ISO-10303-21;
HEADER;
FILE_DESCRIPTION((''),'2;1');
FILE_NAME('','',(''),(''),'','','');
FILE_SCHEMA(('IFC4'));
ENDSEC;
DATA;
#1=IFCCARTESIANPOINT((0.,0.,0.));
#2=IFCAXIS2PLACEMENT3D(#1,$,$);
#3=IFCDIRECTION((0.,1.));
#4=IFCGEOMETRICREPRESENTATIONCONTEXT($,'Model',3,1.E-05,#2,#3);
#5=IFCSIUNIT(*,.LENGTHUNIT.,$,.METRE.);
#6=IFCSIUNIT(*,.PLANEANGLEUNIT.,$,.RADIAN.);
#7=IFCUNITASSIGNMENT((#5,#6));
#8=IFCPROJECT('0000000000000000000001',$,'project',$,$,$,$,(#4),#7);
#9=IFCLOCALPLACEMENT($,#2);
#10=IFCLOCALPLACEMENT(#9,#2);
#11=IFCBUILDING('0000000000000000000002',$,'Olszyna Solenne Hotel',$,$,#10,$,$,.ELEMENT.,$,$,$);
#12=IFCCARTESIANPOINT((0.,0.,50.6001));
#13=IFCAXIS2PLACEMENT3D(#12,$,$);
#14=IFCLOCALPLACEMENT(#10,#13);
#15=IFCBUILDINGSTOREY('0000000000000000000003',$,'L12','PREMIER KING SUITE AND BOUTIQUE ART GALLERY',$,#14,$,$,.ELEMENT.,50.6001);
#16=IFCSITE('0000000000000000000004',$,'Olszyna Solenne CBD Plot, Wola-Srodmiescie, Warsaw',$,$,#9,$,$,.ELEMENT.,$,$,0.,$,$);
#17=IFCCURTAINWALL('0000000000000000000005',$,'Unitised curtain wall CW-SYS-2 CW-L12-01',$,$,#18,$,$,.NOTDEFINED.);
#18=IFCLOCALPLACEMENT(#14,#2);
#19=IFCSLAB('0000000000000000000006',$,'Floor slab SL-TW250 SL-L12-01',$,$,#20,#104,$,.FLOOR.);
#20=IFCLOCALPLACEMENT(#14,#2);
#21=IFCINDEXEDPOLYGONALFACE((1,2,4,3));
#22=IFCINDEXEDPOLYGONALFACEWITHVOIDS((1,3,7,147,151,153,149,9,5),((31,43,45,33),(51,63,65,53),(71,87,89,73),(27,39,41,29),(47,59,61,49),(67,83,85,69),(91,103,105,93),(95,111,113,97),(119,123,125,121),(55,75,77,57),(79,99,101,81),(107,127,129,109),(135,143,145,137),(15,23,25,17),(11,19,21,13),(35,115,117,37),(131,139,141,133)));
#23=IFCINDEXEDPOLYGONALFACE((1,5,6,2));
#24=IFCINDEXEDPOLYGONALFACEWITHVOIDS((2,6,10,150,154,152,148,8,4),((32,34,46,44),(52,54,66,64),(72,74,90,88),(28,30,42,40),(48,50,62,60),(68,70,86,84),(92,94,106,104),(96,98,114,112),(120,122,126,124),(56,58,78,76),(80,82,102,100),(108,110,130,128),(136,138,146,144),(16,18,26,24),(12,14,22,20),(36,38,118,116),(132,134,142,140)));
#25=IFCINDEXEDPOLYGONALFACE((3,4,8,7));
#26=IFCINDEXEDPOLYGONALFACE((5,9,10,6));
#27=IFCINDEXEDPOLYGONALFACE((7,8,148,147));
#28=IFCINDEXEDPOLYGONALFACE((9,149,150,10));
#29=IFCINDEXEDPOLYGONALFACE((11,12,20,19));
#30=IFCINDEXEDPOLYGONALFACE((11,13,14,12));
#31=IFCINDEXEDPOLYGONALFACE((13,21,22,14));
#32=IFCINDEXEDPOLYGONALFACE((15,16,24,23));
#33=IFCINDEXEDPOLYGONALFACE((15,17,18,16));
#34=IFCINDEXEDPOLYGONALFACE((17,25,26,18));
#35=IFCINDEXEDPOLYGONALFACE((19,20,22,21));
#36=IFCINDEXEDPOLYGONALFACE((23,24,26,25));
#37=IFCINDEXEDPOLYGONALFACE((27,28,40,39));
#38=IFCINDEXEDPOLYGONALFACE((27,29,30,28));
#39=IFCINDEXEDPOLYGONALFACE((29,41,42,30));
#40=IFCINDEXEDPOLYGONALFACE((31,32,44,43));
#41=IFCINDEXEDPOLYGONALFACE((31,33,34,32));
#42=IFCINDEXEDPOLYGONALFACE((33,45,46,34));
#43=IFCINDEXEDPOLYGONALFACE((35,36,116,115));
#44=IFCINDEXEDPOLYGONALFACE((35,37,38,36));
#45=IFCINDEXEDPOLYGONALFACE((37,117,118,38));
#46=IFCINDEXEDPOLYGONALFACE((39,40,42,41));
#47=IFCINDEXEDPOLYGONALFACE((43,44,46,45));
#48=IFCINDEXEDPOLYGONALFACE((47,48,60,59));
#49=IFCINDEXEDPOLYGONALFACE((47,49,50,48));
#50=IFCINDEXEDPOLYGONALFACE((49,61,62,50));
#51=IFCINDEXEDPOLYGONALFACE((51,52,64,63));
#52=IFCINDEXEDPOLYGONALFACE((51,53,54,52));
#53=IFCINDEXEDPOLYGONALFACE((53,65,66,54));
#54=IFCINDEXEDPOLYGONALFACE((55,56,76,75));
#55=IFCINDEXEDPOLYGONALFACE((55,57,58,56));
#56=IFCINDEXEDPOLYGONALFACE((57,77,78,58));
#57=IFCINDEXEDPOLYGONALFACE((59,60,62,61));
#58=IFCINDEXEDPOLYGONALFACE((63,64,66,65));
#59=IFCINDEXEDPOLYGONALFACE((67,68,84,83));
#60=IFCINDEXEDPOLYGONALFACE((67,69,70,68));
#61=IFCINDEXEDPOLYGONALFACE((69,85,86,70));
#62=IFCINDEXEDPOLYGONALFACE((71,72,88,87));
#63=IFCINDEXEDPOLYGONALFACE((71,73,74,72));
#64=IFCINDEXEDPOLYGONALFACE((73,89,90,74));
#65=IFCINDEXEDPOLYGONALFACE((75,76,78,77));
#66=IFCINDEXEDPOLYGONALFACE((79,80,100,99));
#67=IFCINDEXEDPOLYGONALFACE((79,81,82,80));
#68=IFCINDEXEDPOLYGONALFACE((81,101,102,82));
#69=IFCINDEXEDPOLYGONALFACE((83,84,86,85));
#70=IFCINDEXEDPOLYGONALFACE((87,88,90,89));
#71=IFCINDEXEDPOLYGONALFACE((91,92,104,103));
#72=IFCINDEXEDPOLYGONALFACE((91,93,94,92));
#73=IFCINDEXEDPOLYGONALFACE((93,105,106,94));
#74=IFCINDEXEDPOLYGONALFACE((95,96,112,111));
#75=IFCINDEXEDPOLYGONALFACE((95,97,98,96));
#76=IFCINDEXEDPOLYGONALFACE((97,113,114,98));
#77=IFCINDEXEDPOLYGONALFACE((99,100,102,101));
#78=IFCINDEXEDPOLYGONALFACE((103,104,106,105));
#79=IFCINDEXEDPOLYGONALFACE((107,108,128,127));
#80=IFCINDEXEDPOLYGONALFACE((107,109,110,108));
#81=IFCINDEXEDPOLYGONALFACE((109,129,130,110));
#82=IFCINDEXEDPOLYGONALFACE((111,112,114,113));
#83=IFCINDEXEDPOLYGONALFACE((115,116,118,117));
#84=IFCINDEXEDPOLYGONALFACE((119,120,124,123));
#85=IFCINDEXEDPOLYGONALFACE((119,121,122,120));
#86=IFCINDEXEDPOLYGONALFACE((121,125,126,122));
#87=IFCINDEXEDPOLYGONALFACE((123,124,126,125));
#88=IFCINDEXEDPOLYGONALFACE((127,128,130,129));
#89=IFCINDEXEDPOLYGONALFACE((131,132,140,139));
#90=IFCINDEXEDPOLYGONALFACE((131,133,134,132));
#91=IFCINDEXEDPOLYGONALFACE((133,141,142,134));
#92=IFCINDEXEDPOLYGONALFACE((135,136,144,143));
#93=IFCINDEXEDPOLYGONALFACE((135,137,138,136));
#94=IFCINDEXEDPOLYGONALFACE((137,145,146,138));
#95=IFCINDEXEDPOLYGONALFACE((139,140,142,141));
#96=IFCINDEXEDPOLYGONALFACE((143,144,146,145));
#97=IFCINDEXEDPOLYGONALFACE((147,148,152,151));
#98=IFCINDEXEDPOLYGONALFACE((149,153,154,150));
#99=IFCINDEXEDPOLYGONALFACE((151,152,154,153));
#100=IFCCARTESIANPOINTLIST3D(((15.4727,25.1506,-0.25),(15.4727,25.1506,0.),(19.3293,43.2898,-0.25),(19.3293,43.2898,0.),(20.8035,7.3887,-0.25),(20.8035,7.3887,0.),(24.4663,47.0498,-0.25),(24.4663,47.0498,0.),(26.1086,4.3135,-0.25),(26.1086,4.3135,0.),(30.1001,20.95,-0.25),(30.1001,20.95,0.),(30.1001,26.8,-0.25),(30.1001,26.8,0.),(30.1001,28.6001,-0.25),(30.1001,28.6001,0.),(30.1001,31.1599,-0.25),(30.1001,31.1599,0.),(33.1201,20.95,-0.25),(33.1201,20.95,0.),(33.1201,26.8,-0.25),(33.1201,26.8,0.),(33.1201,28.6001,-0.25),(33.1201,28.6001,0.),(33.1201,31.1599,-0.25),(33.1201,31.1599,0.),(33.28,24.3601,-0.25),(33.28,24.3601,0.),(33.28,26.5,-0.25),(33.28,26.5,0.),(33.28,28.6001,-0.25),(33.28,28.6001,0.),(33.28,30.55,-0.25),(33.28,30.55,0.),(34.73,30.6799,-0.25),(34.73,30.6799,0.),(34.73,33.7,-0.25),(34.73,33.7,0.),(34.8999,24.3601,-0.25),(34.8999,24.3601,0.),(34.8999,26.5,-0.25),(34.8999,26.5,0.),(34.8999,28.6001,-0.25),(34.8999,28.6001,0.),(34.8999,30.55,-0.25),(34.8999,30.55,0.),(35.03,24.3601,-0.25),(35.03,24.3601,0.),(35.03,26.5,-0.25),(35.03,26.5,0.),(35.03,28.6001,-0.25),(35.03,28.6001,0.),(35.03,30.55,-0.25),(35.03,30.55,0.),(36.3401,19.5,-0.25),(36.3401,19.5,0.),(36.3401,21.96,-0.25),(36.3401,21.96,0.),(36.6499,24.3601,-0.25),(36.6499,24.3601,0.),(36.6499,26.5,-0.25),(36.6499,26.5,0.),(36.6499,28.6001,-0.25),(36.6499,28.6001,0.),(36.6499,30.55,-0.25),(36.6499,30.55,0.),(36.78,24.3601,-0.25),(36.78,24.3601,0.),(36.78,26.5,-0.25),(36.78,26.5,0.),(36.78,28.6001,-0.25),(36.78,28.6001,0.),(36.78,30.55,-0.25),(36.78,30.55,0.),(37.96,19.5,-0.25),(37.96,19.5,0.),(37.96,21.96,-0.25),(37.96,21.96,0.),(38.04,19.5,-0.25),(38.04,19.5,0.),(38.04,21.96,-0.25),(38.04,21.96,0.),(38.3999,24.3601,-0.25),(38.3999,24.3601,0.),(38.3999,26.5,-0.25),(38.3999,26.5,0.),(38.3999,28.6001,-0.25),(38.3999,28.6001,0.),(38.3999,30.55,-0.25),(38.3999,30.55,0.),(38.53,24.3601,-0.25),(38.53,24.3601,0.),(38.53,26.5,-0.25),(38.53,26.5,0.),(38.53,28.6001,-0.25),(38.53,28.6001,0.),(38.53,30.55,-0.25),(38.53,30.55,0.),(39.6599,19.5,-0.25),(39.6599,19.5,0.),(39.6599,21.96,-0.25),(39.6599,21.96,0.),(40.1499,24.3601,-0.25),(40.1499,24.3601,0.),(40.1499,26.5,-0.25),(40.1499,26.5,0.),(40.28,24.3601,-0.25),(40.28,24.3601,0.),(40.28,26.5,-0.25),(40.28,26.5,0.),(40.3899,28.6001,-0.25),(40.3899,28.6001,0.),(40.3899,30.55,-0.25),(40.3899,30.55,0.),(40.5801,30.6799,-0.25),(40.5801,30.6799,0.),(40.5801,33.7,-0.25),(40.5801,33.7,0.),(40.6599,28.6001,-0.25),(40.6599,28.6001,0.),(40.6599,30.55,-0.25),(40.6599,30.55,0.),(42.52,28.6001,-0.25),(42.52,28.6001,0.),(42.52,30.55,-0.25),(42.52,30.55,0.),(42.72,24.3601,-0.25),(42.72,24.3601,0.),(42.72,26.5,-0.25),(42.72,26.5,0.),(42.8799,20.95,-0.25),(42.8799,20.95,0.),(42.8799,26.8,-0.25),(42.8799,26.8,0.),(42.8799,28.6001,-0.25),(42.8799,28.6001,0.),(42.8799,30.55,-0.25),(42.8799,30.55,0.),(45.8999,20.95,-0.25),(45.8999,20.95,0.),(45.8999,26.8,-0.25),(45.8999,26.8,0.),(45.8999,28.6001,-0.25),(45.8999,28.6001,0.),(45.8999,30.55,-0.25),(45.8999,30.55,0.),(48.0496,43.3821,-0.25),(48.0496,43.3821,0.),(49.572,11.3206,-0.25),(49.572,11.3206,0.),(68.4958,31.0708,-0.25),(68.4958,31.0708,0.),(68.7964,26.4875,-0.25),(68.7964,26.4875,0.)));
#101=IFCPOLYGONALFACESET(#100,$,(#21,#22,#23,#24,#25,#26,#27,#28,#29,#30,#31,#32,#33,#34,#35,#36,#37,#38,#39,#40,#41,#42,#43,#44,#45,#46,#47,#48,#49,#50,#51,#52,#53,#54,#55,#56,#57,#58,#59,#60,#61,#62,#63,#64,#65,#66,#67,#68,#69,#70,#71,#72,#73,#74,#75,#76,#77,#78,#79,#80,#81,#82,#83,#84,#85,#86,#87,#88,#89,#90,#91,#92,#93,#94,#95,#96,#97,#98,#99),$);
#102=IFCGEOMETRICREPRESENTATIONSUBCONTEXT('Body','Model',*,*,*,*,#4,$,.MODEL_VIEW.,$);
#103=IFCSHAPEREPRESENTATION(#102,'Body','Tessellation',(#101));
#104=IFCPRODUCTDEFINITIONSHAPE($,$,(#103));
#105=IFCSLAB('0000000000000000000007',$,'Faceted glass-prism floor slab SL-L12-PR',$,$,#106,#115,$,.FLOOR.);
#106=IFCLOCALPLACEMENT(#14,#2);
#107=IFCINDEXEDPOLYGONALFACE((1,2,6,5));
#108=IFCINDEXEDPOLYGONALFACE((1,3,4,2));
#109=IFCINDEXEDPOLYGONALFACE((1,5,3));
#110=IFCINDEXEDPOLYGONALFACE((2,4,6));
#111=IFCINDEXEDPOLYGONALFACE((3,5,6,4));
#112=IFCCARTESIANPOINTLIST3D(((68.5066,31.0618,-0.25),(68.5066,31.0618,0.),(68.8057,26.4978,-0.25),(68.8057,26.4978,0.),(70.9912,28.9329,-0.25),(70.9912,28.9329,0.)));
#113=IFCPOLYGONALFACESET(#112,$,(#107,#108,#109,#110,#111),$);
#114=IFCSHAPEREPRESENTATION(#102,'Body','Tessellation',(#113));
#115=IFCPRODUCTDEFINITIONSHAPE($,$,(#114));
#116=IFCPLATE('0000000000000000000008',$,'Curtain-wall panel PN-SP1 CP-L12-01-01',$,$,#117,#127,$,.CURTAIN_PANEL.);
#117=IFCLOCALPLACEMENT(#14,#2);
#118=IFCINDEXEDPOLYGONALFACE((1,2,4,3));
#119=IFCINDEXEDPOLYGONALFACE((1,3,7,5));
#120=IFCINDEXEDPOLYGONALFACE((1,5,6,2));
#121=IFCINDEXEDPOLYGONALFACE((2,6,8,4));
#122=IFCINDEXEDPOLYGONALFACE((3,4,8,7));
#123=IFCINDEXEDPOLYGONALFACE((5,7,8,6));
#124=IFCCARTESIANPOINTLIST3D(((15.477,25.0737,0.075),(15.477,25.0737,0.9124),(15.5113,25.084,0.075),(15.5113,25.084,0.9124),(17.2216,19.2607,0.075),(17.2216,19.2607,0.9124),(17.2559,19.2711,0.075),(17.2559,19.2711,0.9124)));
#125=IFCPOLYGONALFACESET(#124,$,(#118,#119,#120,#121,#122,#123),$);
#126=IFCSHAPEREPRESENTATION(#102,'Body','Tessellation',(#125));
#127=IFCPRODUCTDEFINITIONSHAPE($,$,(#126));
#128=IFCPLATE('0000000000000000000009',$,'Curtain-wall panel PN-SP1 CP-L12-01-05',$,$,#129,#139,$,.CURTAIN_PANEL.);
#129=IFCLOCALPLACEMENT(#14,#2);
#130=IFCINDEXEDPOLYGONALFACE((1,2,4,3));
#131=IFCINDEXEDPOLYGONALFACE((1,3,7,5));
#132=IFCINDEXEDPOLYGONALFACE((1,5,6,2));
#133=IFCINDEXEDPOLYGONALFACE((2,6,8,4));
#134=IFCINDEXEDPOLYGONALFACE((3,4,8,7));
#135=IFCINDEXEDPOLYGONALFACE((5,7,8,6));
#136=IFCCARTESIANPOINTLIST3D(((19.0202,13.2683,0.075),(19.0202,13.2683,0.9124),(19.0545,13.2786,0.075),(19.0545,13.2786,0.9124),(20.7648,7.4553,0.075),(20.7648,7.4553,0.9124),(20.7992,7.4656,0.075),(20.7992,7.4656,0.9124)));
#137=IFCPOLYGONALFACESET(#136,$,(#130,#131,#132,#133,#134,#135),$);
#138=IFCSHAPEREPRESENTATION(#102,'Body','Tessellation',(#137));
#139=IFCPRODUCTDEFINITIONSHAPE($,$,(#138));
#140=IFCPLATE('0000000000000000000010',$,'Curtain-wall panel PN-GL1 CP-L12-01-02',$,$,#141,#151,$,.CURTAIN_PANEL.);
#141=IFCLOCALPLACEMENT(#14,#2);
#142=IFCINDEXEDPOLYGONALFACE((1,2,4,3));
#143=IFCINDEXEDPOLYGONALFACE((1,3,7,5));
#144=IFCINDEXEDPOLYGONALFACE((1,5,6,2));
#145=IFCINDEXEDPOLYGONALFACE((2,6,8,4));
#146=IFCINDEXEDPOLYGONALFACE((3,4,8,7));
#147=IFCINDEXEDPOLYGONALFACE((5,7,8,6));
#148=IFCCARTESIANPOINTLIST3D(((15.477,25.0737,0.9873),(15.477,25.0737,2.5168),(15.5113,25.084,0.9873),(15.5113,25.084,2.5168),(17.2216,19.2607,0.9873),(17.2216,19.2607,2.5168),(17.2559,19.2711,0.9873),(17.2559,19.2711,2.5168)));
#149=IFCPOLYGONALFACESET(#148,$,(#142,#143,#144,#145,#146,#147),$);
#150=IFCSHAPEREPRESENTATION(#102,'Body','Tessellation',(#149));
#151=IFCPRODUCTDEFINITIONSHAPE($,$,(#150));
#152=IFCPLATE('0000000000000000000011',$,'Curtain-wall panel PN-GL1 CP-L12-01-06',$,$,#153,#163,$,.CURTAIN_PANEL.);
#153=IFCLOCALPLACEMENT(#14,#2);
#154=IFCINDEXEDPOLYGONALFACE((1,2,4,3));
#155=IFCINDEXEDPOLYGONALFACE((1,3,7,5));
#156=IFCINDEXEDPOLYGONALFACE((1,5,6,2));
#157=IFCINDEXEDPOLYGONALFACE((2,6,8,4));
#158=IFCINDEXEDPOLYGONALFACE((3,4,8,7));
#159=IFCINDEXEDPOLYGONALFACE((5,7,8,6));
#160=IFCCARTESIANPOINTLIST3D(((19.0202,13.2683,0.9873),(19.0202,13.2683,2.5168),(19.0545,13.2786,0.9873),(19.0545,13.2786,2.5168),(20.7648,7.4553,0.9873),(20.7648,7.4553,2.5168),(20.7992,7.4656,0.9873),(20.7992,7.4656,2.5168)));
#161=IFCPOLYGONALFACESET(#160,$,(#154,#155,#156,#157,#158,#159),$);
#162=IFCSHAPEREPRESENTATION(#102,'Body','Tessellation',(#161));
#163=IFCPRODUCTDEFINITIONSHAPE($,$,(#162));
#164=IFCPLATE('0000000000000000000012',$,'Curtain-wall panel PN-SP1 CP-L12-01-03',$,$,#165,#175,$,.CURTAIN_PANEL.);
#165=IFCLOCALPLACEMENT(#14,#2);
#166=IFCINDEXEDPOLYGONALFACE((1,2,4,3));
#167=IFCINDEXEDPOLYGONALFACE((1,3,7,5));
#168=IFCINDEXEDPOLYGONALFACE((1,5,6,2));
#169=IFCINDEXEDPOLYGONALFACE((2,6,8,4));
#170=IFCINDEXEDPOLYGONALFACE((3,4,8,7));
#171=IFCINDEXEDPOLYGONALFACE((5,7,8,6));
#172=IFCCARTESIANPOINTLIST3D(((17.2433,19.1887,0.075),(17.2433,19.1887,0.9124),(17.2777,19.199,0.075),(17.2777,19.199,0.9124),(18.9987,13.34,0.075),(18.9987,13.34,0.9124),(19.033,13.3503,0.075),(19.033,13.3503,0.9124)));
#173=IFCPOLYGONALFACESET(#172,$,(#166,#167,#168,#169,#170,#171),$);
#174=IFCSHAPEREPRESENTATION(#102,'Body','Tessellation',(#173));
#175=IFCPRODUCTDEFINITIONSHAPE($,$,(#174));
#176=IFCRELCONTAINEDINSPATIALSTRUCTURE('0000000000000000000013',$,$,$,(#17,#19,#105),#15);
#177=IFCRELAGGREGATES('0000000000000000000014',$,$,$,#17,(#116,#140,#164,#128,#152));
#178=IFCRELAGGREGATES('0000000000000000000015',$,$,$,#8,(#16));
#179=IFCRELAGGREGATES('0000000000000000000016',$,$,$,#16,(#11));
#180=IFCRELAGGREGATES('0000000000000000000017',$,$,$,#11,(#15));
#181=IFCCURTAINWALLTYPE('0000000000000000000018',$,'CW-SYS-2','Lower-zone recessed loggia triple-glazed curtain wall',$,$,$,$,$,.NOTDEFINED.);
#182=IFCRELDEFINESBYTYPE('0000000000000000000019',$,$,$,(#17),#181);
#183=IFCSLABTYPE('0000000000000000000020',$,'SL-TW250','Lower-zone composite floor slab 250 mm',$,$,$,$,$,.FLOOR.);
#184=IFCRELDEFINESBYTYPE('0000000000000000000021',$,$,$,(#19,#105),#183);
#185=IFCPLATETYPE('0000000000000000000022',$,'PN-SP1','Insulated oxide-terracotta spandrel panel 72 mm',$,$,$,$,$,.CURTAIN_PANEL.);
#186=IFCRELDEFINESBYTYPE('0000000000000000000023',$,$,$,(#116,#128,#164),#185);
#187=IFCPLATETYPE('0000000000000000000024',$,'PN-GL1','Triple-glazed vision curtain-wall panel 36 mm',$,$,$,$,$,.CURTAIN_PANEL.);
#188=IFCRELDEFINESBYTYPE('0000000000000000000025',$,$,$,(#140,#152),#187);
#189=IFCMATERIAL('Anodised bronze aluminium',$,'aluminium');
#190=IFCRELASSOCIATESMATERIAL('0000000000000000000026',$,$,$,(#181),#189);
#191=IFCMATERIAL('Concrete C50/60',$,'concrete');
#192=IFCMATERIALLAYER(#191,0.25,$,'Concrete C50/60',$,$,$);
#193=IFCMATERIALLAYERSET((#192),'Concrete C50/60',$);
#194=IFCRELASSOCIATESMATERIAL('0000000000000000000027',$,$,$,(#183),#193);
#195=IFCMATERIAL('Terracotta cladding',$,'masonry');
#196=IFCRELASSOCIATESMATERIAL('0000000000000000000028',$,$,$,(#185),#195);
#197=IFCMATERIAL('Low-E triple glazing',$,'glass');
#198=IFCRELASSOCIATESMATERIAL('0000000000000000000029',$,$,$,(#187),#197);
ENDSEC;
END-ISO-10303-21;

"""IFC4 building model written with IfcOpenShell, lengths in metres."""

from ifc_helpers import new_model, si_unit, direction, frame, origin, origin_2d, place, context, subcontext, project, spatial, polyline, rectangle, outline, extrude, source, transform, mapped, material, layer, layer_set, type_object, element, aggregate, save


model = new_model("IFC4")

# Units and contexts
model_context = context("Model", 3, precision=1e-05, world=origin(), true_north=direction((0.0, 1.0)))
body_context = subcontext(model_context, "Body", "Model", "MODEL_VIEW")
ifc_project = project(units=[si_unit("LENGTHUNIT", "METRE"), si_unit("PLANEANGLEUNIT", "RADIAN")], contexts=[model_context])

# Site, building, storey
site_placement = place(None, origin())
site = spatial("IfcSite", under=ifc_project, at=site_placement, Name="Olszyna Solenne CBD Plot, Wola-Srodmiescie, Warsaw", CompositionType="ELEMENT", RefElevation=0.0)
building_placement = place(site_placement, origin())
building = spatial("IfcBuilding", under=site, at=building_placement, Name="Olszyna Solenne Hotel", CompositionType="ELEMENT")
storey_placement = place(building_placement, frame((0.0, 0.0, 50.6001)))
storey = spatial("IfcBuildingStorey", under=building, at=storey_placement, Name="L12", Description="PREMIER KING SUITE AND BOUTIQUE ART GALLERY", CompositionType="ELEMENT", Elevation=50.6001)

# Curtain wall
ifc_material_1 = material(Name="Anodised bronze aluminium", Category="aluminium")
curtain_wall_type = type_object("IfcCurtainWallType", Name="CW-SYS-2", Description="Lower-zone recessed loggia triple-glazed curtain wall", PredefinedType="NOTDEFINED", material=ifc_material_1)
curtain_wall_placement = place(storey_placement, origin())
curtain_wall = element("IfcCurtainWall", 1, at=curtain_wall_placement, inside=storey, type_object=curtain_wall_type, Name="Unitised curtain wall CW-SYS-2 CW-L12-01", PredefinedType="NOTDEFINED")

# Slabs
ifc_material_2 = material(Name="Concrete C50/60", Category="concrete")
ifc_layer_1 = layer(ifc_material_2, 0.25, Name="Concrete C50/60")
ifc_layer_set_1 = layer_set([ifc_layer_1], Name="Concrete C50/60")
slab_type_1 = type_object("IfcSlabType", Name="SL-TW250", Description="Lower-zone composite floor slab 250 mm", PredefinedType="FLOOR", material=ifc_layer_set_1)
slab_1_placement = place(storey_placement, frame((0.0, 0.0, -0.25)))
element("IfcSlab", 2, at=slab_1_placement, inside=storey, type_object=slab_type_1, Name="Floor slab SL-TW250 SL-L12-01", PredefinedType="FLOOR", context=body_context, shape_type="SweptSolid", body=[
    extrude(outline(polyline([(68.7964, 26.4875), (68.4958, 31.0708), (48.0496, 43.3821), (24.4663, 47.0498), (19.3293, 43.2898), (15.4727, 25.1506), (20.8035, 7.3887), (26.1086, 4.3135), (49.572, 11.3206), (68.7964, 26.4875)]), holes=[polyline([(30.1001, 20.95), (33.1201, 20.95), (33.1201, 26.8), (30.1001, 26.8), (30.1001, 20.95)]), polyline([(42.8799, 20.95), (45.8999, 20.95), (45.8999, 26.8), (42.8799, 26.8), (42.8799, 20.95)]), polyline([(34.73, 30.6799), (40.5801, 30.6799), (40.5801, 33.7), (34.73, 33.7), (34.73, 30.6799)]), polyline([(36.3401, 19.5), (37.96, 19.5), (37.96, 21.96), (36.3401, 21.96), (36.3401, 19.5)]), polyline([(38.04, 19.5), (39.6599, 19.5), (39.6599, 21.96), (38.04, 21.96), (38.04, 19.5)]), polyline([(30.1001, 28.6001), (33.1201, 28.6001), (33.1201, 31.1599), (30.1001, 31.1599), (30.1001, 28.6001)]), polyline([(33.28, 24.3601), (34.8999, 24.3601), (34.8999, 26.5), (33.28, 26.5), (33.28, 24.3601)]), polyline([(35.03, 24.3601), (36.6499, 24.3601), (36.6499, 26.5), (35.03, 26.5), (35.03, 24.3601)]), polyline([(36.78, 24.3601), (38.3999, 24.3601), (38.3999, 26.5), (36.78, 26.5), (36.78, 24.3601)]), polyline([(38.53, 24.3601), (40.1499, 24.3601), (40.1499, 26.5), (38.53, 26.5), (38.53, 24.3601)]), polyline([(40.28, 24.3601), (42.72, 24.3601), (42.72, 26.5), (40.28, 26.5), (40.28, 24.3601)]), polyline([(33.28, 28.6001), (34.8999, 28.6001), (34.8999, 30.55), (33.28, 30.55), (33.28, 28.6001)]), polyline([(35.03, 28.6001), (36.6499, 28.6001), (36.6499, 30.55), (35.03, 30.55), (35.03, 28.6001)]), polyline([(36.78, 28.6001), (38.3999, 28.6001), (38.3999, 30.55), (36.78, 30.55), (36.78, 28.6001)]), polyline([(38.53, 28.6001), (40.3899, 28.6001), (40.3899, 30.55), (38.53, 30.55), (38.53, 28.6001)]), polyline([(40.6599, 28.6001), (42.52, 28.6001), (42.52, 30.55), (40.6599, 30.55), (40.6599, 28.6001)]), polyline([(42.8799, 28.6001), (45.8999, 28.6001), (45.8999, 30.55), (42.8799, 30.55), (42.8799, 28.6001)])]), origin(), (0.0, 0.0, 1.0), 0.25),
])
slab_2_placement = place(storey_placement, frame((0.0, 0.0, -0.25)))
element("IfcSlab", 3, at=slab_2_placement, inside=storey, type_object=slab_type_1, Name="Faceted glass-prism floor slab SL-L12-PR", PredefinedType="FLOOR", context=body_context, shape_type="SweptSolid", body=[
    extrude(outline(polyline([(68.5066, 31.0618), (68.8057, 26.4978), (70.9912, 28.9329), (68.5066, 31.0618)])), origin(), (0.0, 0.0, 1.0), 0.25),
])

# Plates
ifc_material_3 = material(Name="Terracotta cladding", Category="masonry")
plate_type_1 = type_object("IfcPlateType", Name="PN-SP1", Description="Insulated oxide-terracotta spandrel panel 72 mm", PredefinedType="CURTAIN_PANEL", material=ifc_material_3)
shared_shape_1 = source(origin(), body_context, "Body", "SweptSolid", [
    extrude(rectangle(XDim=6.0691, YDim=0.0359, at=origin_2d()), origin(), (0.0, 0.0, 1.0), 0.8374),
])
plate_1_placement = place(storey_placement, frame((16.3665, 22.1724, 0.075), z_axis=(0.0, 0.0, 1.0), x_axis=(0.287458, -0.957793, 0.0)))
plate_1 = element("IfcPlate", 4, at=plate_1_placement, type_object=plate_type_1, Name="Curtain-wall panel PN-SP1 CP-L12-01-01", PredefinedType="CURTAIN_PANEL", context=body_context, shape_type="MappedRepresentation", body=[
    mapped(shared_shape_1, transform((0.0, 0.0, 0.0), x_axis=(1.0, 0.0, 0.0), y_axis=(0.0, 1.0, 0.0), z_axis=(0.0, 0.0, 1.0), scale=1.0)),
])
plate_2_placement = place(storey_placement, frame((19.9097, 10.3669, 0.075), z_axis=(0.0, 0.0, 1.0), x_axis=(0.287458, -0.957793, 0.0)))
plate_2 = element("IfcPlate", 5, at=plate_2_placement, type_object=plate_type_1, Name="Curtain-wall panel PN-SP1 CP-L12-01-05", PredefinedType="CURTAIN_PANEL", context=body_context, shape_type="MappedRepresentation", body=[
    mapped(shared_shape_1, transform((0.0, 0.0, 0.0), x_axis=(1.0, 0.0, 0.0), y_axis=(0.0, 1.0, 0.0), z_axis=(0.0, 0.0, 1.0), scale=1.0)),
])
ifc_material_4 = material(Name="Low-E triple glazing", Category="glass")
plate_type_2 = type_object("IfcPlateType", Name="PN-GL1", Description="Triple-glazed vision curtain-wall panel 36 mm", PredefinedType="CURTAIN_PANEL", material=ifc_material_4)
shared_shape_2 = source(origin(), body_context, "Body", "SweptSolid", [
    extrude(rectangle(XDim=6.0691, YDim=0.0359, at=origin_2d()), origin(), (0.0, 0.0, 1.0), 1.5295),
])
plate_3_placement = place(storey_placement, frame((16.3665, 22.1724, 0.9873), z_axis=(0.0, 0.0, 1.0), x_axis=(0.287458, -0.957793, 0.0)))
plate_3 = element("IfcPlate", 6, at=plate_3_placement, type_object=plate_type_2, Name="Curtain-wall panel PN-GL1 CP-L12-01-02", PredefinedType="CURTAIN_PANEL", context=body_context, shape_type="MappedRepresentation", body=[
    mapped(shared_shape_2, transform((0.0, 0.0, 0.0), x_axis=(1.0, 0.0, 0.0), y_axis=(0.0, 1.0, 0.0), z_axis=(0.0, 0.0, 1.0), scale=1.0)),
])
plate_4_placement = place(storey_placement, frame((19.9097, 10.3669, 0.9873), z_axis=(0.0, 0.0, 1.0), x_axis=(0.287458, -0.957793, 0.0)))
plate_4 = element("IfcPlate", 7, at=plate_4_placement, type_object=plate_type_2, Name="Curtain-wall panel PN-GL1 CP-L12-01-06", PredefinedType="CURTAIN_PANEL", context=body_context, shape_type="MappedRepresentation", body=[
    mapped(shared_shape_2, transform((0.0, 0.0, 0.0), x_axis=(1.0, 0.0, 0.0), y_axis=(0.0, 1.0, 0.0), z_axis=(0.0, 0.0, 1.0), scale=1.0)),
])
shared_shape_3 = source(origin(), body_context, "Body", "SweptSolid", [
    extrude(rectangle(XDim=6.1064, YDim=0.0359, at=origin_2d()), origin(), (0.0, 0.0, 1.0), 0.8374),
])
plate_5_placement = place(storey_placement, frame((18.1382, 16.2695, 0.075), z_axis=(0.0, 0.0, 1.0), x_axis=(0.287458, -0.957793, 0.0)))
plate_5 = element("IfcPlate", 8, at=plate_5_placement, type_object=plate_type_1, Name="Curtain-wall panel PN-SP1 CP-L12-01-03", PredefinedType="CURTAIN_PANEL", context=body_context, shape_type="MappedRepresentation", body=[
    mapped(shared_shape_3, transform((0.0, 0.0, 0.0), x_axis=(1.0, 0.0, 0.0), y_axis=(0.0, 1.0, 0.0), z_axis=(0.0, 0.0, 1.0), scale=1.0)),
])
aggregate(curtain_wall, [plate_1, plate_3, plate_5, plate_2, plate_4])

save(model, "model.ifc")
